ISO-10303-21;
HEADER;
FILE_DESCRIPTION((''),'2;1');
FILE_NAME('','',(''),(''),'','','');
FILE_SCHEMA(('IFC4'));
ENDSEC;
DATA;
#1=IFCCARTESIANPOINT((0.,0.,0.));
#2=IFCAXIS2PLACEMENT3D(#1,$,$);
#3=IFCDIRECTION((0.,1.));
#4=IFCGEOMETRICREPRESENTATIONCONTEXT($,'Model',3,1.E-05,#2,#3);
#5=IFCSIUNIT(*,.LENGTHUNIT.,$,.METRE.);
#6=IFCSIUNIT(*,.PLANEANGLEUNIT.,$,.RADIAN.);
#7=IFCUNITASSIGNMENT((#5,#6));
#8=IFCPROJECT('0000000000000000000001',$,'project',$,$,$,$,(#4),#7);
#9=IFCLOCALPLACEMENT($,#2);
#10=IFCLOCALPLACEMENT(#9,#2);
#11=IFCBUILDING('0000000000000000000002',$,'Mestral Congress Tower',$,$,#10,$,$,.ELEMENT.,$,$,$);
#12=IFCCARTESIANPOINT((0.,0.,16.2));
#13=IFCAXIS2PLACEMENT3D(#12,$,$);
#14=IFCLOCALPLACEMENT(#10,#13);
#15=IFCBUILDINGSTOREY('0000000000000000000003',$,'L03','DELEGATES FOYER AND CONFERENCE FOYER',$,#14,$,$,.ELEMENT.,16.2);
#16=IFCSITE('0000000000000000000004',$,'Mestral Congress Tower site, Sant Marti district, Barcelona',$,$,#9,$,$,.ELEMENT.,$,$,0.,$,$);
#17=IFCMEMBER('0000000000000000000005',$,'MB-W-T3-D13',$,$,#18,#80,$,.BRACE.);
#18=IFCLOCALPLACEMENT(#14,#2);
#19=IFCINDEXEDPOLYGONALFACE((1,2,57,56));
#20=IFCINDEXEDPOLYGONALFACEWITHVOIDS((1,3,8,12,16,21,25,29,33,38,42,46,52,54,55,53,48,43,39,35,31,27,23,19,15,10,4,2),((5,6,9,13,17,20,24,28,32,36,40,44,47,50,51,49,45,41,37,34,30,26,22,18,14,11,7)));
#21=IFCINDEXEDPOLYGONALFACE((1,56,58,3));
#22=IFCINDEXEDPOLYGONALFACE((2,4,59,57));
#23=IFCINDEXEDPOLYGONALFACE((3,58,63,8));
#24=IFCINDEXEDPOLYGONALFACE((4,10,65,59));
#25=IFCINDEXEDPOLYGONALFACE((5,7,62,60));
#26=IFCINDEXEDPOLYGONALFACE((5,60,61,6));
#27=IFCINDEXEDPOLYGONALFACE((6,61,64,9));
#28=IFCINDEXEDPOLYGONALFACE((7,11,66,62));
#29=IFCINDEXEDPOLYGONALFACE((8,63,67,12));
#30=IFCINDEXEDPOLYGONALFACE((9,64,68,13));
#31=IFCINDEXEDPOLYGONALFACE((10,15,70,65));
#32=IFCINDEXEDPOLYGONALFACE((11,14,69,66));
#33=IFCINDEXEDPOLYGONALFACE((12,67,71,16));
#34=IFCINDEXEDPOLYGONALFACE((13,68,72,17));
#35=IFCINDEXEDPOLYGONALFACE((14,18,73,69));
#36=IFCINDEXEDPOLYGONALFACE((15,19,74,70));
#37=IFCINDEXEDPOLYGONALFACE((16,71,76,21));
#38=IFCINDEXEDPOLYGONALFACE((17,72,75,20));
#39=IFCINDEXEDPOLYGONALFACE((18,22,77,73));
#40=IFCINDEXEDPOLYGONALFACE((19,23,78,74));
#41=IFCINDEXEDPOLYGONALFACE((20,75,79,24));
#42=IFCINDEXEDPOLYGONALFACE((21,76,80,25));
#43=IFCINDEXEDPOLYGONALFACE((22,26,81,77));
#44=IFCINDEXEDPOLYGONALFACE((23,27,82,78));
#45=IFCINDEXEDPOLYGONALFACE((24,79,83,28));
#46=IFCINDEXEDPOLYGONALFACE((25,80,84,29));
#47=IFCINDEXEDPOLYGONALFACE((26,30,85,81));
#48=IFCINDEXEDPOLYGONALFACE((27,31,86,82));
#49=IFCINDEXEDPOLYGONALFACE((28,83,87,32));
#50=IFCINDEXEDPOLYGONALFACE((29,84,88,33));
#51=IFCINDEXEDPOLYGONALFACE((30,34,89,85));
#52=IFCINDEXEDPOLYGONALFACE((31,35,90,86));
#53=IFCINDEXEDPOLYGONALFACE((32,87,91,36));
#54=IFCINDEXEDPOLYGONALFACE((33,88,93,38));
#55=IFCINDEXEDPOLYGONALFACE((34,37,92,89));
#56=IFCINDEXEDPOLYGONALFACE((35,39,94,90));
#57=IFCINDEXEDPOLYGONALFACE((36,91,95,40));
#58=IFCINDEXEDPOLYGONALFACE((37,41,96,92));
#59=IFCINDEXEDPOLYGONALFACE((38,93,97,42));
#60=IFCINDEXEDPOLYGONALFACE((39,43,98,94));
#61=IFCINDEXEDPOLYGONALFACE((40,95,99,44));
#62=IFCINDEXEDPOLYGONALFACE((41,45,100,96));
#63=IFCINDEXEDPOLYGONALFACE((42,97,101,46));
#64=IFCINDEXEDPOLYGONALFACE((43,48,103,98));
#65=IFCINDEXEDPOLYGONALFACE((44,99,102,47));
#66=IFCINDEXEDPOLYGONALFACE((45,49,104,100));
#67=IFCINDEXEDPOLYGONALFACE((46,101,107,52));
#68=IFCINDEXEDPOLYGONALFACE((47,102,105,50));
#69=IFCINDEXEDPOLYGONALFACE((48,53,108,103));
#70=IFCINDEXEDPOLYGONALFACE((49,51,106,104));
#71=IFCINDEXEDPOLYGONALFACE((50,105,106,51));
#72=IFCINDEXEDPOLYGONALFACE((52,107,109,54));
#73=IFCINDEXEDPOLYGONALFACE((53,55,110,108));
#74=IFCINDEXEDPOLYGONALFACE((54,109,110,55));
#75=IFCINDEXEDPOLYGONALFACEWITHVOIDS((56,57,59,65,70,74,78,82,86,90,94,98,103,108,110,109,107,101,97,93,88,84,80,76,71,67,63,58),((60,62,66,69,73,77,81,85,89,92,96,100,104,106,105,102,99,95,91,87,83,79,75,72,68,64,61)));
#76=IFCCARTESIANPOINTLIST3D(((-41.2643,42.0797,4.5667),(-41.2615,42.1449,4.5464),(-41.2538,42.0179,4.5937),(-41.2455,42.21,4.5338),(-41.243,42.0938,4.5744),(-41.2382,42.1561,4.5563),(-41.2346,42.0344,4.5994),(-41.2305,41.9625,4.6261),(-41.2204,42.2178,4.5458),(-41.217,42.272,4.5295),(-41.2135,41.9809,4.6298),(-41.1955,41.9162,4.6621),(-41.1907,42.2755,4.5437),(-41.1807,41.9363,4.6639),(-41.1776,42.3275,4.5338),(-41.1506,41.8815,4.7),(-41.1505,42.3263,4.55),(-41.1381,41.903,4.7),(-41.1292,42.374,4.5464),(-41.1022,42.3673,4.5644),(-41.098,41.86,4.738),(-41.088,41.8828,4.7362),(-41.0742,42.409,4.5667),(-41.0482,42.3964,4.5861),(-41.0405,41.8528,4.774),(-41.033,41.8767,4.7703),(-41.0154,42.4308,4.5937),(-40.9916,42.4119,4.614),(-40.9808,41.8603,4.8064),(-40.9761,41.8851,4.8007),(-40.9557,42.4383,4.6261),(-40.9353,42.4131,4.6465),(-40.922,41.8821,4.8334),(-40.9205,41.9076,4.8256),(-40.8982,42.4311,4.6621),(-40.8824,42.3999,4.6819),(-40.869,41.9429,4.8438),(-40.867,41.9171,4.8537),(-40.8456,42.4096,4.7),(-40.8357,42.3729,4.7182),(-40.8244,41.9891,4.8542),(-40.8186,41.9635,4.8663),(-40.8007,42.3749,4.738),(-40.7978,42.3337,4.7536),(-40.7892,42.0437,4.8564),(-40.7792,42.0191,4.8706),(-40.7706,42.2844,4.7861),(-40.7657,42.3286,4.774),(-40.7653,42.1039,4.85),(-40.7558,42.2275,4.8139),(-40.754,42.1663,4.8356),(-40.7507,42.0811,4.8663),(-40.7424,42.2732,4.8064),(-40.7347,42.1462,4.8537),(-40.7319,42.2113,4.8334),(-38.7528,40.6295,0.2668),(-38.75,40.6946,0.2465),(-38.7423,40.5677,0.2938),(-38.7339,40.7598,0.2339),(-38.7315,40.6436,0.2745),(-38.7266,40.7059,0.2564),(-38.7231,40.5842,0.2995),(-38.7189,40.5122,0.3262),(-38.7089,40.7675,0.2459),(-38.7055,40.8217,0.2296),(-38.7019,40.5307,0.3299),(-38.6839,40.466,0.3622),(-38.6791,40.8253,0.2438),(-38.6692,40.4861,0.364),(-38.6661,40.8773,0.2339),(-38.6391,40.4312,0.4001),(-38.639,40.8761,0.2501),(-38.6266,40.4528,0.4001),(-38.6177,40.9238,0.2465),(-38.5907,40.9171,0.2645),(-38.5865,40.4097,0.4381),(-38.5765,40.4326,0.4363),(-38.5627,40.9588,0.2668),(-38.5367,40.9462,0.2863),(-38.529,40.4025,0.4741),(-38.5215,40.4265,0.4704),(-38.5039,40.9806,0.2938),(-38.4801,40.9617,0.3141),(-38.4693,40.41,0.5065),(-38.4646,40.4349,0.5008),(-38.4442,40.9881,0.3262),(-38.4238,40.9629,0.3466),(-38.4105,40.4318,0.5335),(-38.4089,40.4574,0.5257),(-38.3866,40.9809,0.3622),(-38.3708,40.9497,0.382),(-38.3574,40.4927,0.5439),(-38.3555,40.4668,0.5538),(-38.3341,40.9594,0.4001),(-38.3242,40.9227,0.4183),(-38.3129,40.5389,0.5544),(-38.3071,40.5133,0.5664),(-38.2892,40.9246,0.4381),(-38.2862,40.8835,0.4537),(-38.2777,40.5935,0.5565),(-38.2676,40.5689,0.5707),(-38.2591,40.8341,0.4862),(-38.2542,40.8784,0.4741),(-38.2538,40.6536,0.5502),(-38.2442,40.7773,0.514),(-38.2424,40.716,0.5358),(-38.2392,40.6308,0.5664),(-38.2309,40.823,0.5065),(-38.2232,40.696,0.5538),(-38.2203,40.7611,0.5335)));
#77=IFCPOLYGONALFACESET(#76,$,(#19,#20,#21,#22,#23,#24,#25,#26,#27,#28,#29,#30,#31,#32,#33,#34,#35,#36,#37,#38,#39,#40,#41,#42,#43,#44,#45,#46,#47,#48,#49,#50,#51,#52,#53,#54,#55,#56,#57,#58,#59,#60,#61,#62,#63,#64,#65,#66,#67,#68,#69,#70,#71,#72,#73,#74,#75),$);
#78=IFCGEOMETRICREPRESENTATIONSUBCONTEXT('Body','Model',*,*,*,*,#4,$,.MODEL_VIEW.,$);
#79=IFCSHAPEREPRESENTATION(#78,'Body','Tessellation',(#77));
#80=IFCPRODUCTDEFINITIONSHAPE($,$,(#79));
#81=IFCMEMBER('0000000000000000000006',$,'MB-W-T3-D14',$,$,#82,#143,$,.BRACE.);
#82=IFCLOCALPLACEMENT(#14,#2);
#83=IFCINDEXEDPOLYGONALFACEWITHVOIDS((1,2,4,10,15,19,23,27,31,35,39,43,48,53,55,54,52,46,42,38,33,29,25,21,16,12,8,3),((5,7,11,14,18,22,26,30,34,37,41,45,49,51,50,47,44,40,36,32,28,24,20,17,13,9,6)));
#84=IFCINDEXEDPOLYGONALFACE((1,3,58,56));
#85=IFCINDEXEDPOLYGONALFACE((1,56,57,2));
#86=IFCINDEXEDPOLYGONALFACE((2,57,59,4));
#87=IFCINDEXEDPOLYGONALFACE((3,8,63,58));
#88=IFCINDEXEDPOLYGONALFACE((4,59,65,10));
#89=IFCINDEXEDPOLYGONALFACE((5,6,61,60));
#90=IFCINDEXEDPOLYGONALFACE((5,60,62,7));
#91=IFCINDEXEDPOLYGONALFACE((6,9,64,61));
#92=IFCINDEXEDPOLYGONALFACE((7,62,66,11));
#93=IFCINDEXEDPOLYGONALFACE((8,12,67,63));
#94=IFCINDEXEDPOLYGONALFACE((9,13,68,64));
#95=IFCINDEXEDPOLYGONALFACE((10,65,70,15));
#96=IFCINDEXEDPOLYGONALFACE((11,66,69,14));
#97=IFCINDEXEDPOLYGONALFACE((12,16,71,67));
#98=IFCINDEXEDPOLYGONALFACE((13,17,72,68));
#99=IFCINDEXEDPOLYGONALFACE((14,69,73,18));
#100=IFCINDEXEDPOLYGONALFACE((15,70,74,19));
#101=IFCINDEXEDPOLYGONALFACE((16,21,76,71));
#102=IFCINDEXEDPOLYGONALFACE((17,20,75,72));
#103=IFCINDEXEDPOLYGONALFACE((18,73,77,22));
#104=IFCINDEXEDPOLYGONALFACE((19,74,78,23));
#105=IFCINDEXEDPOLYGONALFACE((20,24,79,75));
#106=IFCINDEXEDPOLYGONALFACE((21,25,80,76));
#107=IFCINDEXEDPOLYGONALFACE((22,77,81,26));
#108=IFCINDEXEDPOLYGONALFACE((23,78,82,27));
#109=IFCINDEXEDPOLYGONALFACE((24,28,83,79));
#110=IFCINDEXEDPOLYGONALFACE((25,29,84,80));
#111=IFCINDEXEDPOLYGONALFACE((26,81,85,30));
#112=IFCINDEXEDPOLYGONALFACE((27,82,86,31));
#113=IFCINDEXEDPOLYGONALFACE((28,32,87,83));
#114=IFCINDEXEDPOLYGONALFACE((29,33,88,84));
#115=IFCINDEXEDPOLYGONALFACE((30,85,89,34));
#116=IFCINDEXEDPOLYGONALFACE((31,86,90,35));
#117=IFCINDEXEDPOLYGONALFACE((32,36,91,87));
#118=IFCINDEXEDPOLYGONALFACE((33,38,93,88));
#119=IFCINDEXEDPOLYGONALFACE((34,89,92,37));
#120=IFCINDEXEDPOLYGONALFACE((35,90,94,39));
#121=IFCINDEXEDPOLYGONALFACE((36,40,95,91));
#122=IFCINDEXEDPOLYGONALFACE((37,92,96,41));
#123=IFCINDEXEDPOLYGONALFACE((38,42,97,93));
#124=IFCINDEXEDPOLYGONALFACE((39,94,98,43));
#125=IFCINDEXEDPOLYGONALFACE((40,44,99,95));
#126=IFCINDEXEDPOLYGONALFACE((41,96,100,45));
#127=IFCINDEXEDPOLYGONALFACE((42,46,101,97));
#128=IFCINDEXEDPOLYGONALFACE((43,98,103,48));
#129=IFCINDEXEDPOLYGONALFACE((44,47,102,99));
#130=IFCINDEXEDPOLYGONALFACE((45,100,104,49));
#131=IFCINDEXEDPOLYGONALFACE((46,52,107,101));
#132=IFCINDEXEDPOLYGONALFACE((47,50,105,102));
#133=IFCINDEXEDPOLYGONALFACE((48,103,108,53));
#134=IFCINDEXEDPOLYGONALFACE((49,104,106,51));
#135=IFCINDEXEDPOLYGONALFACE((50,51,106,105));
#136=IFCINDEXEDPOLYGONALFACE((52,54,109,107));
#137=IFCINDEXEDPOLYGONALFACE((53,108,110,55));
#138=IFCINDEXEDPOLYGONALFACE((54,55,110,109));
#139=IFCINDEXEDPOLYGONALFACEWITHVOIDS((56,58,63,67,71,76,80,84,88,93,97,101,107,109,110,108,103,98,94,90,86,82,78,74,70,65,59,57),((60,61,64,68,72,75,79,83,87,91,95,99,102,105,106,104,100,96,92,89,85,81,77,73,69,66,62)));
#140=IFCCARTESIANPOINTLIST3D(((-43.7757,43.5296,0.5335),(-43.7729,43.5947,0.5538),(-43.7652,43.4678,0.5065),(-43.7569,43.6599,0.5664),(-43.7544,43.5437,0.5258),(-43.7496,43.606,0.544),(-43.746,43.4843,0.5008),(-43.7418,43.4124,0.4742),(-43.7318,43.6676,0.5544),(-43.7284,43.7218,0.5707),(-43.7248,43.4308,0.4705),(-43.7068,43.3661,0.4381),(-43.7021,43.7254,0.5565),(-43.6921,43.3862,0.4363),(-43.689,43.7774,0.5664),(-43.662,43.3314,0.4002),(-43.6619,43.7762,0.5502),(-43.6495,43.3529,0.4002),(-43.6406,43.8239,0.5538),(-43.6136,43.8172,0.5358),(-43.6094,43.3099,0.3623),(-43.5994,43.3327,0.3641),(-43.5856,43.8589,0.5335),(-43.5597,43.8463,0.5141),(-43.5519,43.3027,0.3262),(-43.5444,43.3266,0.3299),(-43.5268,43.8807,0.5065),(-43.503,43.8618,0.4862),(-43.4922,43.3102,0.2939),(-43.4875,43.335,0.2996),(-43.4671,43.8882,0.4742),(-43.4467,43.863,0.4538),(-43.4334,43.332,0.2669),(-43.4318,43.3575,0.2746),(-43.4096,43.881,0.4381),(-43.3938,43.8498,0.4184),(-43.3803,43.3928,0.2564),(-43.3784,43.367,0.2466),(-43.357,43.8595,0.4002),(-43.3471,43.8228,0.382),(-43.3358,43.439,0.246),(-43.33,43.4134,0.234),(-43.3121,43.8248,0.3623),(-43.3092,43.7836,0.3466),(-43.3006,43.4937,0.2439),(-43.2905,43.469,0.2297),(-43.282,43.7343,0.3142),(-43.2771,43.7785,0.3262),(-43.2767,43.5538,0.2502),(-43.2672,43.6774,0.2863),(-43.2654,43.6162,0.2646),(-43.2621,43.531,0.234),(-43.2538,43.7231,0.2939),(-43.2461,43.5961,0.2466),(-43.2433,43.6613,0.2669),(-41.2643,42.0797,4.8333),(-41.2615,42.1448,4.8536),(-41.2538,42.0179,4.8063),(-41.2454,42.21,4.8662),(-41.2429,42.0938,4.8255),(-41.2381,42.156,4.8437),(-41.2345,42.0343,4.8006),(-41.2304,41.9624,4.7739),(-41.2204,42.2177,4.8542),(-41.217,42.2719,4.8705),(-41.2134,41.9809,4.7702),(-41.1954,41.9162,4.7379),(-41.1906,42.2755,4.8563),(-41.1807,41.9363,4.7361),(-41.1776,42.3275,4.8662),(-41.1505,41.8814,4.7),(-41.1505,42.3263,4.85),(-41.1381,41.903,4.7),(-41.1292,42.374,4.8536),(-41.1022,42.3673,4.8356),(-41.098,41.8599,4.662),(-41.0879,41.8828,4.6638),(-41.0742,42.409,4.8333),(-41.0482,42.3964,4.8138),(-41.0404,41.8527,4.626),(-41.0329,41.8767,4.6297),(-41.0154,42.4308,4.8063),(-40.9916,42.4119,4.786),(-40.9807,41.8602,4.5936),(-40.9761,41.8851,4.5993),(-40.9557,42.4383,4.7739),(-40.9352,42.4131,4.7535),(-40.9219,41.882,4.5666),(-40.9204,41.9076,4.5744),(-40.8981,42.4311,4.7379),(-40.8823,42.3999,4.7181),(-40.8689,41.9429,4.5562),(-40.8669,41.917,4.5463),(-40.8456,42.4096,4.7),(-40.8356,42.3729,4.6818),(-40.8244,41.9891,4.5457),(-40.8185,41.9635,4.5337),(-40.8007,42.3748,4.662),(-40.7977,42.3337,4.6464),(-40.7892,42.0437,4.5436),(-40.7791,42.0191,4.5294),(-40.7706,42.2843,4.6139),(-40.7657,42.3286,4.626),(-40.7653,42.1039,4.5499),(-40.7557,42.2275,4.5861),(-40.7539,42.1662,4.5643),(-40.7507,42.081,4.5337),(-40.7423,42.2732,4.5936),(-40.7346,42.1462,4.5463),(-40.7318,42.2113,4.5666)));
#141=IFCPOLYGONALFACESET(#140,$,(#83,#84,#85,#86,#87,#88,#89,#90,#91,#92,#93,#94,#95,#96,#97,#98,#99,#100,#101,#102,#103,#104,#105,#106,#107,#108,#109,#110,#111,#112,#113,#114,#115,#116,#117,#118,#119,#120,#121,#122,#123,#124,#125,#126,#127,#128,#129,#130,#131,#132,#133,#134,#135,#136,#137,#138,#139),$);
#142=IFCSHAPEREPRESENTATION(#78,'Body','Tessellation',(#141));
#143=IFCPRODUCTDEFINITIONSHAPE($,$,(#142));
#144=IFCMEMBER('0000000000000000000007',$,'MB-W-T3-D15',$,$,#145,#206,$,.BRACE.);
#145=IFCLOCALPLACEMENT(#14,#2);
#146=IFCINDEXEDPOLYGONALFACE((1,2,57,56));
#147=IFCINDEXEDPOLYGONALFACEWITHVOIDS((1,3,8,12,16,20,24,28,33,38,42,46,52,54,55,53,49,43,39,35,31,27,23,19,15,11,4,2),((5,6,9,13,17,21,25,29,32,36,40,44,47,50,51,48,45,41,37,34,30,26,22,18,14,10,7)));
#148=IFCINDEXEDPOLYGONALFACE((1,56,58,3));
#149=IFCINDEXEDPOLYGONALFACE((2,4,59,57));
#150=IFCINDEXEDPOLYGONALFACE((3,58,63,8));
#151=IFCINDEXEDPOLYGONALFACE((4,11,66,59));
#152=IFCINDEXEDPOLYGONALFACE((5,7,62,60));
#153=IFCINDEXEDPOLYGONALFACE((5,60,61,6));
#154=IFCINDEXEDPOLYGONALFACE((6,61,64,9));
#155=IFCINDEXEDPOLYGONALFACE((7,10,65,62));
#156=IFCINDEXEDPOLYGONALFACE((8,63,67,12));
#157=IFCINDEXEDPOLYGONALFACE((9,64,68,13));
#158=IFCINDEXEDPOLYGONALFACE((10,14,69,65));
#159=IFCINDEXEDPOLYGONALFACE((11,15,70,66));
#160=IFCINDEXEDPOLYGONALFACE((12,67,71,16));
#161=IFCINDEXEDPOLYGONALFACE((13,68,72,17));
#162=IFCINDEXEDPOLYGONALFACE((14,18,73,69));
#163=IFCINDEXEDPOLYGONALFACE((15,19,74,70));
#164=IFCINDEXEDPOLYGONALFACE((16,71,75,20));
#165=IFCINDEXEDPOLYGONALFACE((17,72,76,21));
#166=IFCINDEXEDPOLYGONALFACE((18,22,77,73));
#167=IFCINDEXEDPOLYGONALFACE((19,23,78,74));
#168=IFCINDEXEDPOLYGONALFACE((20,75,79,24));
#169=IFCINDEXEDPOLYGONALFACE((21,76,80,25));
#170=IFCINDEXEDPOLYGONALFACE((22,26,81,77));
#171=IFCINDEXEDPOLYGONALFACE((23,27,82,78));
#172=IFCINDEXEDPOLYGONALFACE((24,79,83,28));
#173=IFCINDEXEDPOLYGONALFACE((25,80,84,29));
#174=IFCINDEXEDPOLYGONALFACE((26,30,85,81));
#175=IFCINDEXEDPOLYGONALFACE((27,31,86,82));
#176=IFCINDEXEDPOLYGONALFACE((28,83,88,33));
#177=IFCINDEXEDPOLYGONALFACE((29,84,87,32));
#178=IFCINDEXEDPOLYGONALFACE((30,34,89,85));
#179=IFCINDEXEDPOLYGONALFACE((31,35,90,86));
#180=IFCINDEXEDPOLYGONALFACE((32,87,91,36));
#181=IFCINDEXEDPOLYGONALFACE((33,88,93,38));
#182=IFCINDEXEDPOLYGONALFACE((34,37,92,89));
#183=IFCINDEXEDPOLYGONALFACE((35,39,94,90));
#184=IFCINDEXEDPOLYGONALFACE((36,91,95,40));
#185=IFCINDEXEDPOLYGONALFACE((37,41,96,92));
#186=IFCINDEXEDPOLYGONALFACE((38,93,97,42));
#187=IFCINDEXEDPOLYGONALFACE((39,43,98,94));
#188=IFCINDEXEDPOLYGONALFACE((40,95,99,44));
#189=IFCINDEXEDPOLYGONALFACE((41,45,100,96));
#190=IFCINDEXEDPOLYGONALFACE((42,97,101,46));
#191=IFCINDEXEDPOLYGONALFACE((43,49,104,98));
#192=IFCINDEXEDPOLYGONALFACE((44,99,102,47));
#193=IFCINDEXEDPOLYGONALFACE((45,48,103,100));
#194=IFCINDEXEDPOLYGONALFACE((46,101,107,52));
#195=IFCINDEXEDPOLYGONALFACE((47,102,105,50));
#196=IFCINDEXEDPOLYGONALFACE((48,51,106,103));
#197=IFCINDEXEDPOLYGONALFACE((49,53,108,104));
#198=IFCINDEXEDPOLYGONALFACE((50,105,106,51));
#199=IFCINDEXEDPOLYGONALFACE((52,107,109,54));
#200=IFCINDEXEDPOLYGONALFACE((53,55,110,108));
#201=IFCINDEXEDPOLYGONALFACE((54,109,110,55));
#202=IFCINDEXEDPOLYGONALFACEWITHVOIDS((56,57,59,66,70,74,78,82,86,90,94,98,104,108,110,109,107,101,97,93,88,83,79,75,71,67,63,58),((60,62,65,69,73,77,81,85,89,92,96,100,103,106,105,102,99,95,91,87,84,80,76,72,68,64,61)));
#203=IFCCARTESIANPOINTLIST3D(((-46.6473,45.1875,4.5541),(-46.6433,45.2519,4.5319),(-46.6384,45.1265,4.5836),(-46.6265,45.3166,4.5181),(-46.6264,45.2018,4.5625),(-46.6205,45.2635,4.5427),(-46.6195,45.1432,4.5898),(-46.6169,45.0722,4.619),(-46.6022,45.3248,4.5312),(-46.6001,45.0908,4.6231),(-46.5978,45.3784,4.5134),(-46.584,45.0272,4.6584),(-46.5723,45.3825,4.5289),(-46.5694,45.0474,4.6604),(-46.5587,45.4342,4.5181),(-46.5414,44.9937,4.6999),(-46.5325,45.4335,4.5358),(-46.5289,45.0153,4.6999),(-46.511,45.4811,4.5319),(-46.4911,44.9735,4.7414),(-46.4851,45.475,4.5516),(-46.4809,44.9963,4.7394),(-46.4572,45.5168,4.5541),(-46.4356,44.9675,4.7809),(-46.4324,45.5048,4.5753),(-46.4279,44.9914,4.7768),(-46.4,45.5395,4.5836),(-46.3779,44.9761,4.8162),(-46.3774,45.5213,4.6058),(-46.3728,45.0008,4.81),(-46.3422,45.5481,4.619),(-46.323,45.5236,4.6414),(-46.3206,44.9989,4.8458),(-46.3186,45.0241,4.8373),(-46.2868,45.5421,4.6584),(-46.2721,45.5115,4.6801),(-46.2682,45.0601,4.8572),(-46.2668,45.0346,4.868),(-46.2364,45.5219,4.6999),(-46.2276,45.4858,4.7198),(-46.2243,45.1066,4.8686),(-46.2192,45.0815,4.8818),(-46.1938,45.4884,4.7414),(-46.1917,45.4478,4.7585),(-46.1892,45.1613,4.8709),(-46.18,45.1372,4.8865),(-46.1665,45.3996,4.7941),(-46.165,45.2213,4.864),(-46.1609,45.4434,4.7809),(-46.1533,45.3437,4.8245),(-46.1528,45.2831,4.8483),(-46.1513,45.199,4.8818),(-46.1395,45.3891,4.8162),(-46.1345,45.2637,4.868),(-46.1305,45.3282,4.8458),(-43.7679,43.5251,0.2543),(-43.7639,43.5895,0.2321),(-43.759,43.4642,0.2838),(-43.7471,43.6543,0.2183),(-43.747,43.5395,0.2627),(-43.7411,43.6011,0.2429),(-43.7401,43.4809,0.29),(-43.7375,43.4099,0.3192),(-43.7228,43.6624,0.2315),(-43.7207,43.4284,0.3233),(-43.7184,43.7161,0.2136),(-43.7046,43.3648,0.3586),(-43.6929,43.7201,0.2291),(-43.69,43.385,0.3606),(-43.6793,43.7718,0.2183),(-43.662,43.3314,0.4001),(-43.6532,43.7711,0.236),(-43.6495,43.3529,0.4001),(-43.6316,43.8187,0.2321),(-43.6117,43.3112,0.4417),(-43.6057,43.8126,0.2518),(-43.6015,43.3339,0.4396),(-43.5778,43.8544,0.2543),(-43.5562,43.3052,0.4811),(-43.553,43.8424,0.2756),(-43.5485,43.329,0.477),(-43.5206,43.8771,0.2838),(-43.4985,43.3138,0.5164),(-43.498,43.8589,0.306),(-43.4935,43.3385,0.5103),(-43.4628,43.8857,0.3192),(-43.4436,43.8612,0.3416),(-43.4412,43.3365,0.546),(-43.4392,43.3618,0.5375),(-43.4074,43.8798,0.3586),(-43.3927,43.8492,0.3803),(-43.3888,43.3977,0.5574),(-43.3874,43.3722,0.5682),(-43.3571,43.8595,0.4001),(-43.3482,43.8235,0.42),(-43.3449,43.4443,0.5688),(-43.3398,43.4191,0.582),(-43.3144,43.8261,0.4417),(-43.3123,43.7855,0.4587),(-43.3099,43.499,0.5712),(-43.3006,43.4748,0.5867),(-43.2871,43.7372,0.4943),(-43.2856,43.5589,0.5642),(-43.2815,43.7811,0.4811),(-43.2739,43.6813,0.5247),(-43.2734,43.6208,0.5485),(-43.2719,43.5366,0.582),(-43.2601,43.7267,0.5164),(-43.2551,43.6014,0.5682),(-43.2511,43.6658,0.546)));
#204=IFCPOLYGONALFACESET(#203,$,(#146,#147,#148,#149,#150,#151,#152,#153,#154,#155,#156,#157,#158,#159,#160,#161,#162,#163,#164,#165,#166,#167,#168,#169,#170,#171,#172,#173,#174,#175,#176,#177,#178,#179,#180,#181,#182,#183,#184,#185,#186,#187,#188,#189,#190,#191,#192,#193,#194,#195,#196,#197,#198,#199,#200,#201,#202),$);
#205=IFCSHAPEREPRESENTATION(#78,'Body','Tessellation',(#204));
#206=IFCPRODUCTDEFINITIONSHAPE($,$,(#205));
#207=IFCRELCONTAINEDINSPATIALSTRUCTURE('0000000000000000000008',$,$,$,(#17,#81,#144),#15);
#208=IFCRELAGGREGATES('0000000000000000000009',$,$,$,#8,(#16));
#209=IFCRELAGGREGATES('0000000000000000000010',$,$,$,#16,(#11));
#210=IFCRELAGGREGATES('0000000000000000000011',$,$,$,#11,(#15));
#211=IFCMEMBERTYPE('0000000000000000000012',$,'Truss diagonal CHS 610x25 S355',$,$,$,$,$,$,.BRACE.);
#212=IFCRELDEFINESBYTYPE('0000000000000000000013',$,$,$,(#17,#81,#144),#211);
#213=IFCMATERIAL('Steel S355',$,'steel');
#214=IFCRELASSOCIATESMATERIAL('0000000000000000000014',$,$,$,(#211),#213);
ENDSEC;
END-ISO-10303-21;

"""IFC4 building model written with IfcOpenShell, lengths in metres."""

from ifc_helpers import new_model, si_unit, direction, frame, origin, origin_2d, place, context, subcontext, project, spatial, hollow_circle, extrude, material, material_profile, profile_set, type_object, element, save


model = new_model("IFC4")

# Units and contexts
model_context = context("Model", 3, precision=1e-05, world=origin(), true_north=direction((0.0, 1.0)))
body_context = subcontext(model_context, "Body", "Model", "MODEL_VIEW")
ifc_project = project(units=[si_unit("LENGTHUNIT", "METRE"), si_unit("PLANEANGLEUNIT", "RADIAN")], contexts=[model_context])

# Site, building, storey
site_placement = place(None, origin())
site = spatial("IfcSite", under=ifc_project, at=site_placement, Name="Mestral Congress Tower site, Sant Marti district, Barcelona", CompositionType="ELEMENT", RefElevation=0.0)
building_placement = place(site_placement, origin())
building = spatial("IfcBuilding", under=site, at=building_placement, Name="Mestral Congress Tower", CompositionType="ELEMENT")
storey_placement = place(building_placement, frame((0.0, 0.0, 16.2)))
storey = spatial("IfcBuildingStorey", under=building, at=storey_placement, Name="L03", Description="DELEGATES FOYER AND CONFERENCE FOYER", CompositionType="ELEMENT", Elevation=16.2)

# Members
ifc_material = material(Name="Steel S355", Category="steel")
ifc_material_profile_1 = material_profile(ifc_material, hollow_circle(Radius=0.3049, WallThickness=0.0249, at=origin_2d()), Name="CHS 610x25")
ifc_profile_set_1 = profile_set([ifc_material_profile_1], Name="Steel S355")
member_type_1 = type_object("IfcMemberType", Name="Truss diagonal CHS 610x25 S355", PredefinedType="BRACE", material=ifc_profile_set_1)
member_1_placement = place(storey_placement, frame((-38.4866, 40.6953, 0.4001), z_axis=(-0.484241, 0.279614, 0.829052), x_axis=(-0.50005, -0.865996, 0.0)))
element("IfcMember", 1, at=member_1_placement, inside=storey, type_object=member_type_1, Name="MB-W-T3-D13", PredefinedType="BRACE", context=body_context, shape_type="SweptSolid", body=[
    extrude(hollow_circle(Radius=0.3049, WallThickness=0.0249, at=origin_2d()), origin(), (0.0, 0.0, 1.0), 5.1865),
])
member_2_placement = place(storey_placement, frame((-40.998, 42.1455, 4.7), z_axis=(-0.484247, 0.279571, -0.829062), x_axis=(-0.499987, -0.866033, 0.0)))
element("IfcMember", 2, at=member_2_placement, inside=storey, type_object=member_type_1, Name="MB-W-T3-D14", PredefinedType="BRACE", context=body_context, shape_type="SweptSolid", body=[
    extrude(hollow_circle(Radius=0.3049, WallThickness=0.0249, at=origin_2d()), origin(), (0.0, 0.0, 1.0), 5.1863),
])
member_3_placement = place(storey_placement, frame((-43.5095, 43.5955, 0.4001), z_axis=(-0.529757, 0.305843, 0.791087), x_axis=(-0.499985, -0.866034, 0.0)))
element("IfcMember", 3, at=member_3_placement, inside=storey, type_object=member_type_1, Name="MB-W-T3-D15", PredefinedType="BRACE", context=body_context, shape_type="SweptSolid", body=[
    extrude(hollow_circle(Radius=0.3049, WallThickness=0.0249, at=origin_2d()), origin(), (0.0, 0.0, 1.0), 5.4353),
])

save(model, "model.ifc")
